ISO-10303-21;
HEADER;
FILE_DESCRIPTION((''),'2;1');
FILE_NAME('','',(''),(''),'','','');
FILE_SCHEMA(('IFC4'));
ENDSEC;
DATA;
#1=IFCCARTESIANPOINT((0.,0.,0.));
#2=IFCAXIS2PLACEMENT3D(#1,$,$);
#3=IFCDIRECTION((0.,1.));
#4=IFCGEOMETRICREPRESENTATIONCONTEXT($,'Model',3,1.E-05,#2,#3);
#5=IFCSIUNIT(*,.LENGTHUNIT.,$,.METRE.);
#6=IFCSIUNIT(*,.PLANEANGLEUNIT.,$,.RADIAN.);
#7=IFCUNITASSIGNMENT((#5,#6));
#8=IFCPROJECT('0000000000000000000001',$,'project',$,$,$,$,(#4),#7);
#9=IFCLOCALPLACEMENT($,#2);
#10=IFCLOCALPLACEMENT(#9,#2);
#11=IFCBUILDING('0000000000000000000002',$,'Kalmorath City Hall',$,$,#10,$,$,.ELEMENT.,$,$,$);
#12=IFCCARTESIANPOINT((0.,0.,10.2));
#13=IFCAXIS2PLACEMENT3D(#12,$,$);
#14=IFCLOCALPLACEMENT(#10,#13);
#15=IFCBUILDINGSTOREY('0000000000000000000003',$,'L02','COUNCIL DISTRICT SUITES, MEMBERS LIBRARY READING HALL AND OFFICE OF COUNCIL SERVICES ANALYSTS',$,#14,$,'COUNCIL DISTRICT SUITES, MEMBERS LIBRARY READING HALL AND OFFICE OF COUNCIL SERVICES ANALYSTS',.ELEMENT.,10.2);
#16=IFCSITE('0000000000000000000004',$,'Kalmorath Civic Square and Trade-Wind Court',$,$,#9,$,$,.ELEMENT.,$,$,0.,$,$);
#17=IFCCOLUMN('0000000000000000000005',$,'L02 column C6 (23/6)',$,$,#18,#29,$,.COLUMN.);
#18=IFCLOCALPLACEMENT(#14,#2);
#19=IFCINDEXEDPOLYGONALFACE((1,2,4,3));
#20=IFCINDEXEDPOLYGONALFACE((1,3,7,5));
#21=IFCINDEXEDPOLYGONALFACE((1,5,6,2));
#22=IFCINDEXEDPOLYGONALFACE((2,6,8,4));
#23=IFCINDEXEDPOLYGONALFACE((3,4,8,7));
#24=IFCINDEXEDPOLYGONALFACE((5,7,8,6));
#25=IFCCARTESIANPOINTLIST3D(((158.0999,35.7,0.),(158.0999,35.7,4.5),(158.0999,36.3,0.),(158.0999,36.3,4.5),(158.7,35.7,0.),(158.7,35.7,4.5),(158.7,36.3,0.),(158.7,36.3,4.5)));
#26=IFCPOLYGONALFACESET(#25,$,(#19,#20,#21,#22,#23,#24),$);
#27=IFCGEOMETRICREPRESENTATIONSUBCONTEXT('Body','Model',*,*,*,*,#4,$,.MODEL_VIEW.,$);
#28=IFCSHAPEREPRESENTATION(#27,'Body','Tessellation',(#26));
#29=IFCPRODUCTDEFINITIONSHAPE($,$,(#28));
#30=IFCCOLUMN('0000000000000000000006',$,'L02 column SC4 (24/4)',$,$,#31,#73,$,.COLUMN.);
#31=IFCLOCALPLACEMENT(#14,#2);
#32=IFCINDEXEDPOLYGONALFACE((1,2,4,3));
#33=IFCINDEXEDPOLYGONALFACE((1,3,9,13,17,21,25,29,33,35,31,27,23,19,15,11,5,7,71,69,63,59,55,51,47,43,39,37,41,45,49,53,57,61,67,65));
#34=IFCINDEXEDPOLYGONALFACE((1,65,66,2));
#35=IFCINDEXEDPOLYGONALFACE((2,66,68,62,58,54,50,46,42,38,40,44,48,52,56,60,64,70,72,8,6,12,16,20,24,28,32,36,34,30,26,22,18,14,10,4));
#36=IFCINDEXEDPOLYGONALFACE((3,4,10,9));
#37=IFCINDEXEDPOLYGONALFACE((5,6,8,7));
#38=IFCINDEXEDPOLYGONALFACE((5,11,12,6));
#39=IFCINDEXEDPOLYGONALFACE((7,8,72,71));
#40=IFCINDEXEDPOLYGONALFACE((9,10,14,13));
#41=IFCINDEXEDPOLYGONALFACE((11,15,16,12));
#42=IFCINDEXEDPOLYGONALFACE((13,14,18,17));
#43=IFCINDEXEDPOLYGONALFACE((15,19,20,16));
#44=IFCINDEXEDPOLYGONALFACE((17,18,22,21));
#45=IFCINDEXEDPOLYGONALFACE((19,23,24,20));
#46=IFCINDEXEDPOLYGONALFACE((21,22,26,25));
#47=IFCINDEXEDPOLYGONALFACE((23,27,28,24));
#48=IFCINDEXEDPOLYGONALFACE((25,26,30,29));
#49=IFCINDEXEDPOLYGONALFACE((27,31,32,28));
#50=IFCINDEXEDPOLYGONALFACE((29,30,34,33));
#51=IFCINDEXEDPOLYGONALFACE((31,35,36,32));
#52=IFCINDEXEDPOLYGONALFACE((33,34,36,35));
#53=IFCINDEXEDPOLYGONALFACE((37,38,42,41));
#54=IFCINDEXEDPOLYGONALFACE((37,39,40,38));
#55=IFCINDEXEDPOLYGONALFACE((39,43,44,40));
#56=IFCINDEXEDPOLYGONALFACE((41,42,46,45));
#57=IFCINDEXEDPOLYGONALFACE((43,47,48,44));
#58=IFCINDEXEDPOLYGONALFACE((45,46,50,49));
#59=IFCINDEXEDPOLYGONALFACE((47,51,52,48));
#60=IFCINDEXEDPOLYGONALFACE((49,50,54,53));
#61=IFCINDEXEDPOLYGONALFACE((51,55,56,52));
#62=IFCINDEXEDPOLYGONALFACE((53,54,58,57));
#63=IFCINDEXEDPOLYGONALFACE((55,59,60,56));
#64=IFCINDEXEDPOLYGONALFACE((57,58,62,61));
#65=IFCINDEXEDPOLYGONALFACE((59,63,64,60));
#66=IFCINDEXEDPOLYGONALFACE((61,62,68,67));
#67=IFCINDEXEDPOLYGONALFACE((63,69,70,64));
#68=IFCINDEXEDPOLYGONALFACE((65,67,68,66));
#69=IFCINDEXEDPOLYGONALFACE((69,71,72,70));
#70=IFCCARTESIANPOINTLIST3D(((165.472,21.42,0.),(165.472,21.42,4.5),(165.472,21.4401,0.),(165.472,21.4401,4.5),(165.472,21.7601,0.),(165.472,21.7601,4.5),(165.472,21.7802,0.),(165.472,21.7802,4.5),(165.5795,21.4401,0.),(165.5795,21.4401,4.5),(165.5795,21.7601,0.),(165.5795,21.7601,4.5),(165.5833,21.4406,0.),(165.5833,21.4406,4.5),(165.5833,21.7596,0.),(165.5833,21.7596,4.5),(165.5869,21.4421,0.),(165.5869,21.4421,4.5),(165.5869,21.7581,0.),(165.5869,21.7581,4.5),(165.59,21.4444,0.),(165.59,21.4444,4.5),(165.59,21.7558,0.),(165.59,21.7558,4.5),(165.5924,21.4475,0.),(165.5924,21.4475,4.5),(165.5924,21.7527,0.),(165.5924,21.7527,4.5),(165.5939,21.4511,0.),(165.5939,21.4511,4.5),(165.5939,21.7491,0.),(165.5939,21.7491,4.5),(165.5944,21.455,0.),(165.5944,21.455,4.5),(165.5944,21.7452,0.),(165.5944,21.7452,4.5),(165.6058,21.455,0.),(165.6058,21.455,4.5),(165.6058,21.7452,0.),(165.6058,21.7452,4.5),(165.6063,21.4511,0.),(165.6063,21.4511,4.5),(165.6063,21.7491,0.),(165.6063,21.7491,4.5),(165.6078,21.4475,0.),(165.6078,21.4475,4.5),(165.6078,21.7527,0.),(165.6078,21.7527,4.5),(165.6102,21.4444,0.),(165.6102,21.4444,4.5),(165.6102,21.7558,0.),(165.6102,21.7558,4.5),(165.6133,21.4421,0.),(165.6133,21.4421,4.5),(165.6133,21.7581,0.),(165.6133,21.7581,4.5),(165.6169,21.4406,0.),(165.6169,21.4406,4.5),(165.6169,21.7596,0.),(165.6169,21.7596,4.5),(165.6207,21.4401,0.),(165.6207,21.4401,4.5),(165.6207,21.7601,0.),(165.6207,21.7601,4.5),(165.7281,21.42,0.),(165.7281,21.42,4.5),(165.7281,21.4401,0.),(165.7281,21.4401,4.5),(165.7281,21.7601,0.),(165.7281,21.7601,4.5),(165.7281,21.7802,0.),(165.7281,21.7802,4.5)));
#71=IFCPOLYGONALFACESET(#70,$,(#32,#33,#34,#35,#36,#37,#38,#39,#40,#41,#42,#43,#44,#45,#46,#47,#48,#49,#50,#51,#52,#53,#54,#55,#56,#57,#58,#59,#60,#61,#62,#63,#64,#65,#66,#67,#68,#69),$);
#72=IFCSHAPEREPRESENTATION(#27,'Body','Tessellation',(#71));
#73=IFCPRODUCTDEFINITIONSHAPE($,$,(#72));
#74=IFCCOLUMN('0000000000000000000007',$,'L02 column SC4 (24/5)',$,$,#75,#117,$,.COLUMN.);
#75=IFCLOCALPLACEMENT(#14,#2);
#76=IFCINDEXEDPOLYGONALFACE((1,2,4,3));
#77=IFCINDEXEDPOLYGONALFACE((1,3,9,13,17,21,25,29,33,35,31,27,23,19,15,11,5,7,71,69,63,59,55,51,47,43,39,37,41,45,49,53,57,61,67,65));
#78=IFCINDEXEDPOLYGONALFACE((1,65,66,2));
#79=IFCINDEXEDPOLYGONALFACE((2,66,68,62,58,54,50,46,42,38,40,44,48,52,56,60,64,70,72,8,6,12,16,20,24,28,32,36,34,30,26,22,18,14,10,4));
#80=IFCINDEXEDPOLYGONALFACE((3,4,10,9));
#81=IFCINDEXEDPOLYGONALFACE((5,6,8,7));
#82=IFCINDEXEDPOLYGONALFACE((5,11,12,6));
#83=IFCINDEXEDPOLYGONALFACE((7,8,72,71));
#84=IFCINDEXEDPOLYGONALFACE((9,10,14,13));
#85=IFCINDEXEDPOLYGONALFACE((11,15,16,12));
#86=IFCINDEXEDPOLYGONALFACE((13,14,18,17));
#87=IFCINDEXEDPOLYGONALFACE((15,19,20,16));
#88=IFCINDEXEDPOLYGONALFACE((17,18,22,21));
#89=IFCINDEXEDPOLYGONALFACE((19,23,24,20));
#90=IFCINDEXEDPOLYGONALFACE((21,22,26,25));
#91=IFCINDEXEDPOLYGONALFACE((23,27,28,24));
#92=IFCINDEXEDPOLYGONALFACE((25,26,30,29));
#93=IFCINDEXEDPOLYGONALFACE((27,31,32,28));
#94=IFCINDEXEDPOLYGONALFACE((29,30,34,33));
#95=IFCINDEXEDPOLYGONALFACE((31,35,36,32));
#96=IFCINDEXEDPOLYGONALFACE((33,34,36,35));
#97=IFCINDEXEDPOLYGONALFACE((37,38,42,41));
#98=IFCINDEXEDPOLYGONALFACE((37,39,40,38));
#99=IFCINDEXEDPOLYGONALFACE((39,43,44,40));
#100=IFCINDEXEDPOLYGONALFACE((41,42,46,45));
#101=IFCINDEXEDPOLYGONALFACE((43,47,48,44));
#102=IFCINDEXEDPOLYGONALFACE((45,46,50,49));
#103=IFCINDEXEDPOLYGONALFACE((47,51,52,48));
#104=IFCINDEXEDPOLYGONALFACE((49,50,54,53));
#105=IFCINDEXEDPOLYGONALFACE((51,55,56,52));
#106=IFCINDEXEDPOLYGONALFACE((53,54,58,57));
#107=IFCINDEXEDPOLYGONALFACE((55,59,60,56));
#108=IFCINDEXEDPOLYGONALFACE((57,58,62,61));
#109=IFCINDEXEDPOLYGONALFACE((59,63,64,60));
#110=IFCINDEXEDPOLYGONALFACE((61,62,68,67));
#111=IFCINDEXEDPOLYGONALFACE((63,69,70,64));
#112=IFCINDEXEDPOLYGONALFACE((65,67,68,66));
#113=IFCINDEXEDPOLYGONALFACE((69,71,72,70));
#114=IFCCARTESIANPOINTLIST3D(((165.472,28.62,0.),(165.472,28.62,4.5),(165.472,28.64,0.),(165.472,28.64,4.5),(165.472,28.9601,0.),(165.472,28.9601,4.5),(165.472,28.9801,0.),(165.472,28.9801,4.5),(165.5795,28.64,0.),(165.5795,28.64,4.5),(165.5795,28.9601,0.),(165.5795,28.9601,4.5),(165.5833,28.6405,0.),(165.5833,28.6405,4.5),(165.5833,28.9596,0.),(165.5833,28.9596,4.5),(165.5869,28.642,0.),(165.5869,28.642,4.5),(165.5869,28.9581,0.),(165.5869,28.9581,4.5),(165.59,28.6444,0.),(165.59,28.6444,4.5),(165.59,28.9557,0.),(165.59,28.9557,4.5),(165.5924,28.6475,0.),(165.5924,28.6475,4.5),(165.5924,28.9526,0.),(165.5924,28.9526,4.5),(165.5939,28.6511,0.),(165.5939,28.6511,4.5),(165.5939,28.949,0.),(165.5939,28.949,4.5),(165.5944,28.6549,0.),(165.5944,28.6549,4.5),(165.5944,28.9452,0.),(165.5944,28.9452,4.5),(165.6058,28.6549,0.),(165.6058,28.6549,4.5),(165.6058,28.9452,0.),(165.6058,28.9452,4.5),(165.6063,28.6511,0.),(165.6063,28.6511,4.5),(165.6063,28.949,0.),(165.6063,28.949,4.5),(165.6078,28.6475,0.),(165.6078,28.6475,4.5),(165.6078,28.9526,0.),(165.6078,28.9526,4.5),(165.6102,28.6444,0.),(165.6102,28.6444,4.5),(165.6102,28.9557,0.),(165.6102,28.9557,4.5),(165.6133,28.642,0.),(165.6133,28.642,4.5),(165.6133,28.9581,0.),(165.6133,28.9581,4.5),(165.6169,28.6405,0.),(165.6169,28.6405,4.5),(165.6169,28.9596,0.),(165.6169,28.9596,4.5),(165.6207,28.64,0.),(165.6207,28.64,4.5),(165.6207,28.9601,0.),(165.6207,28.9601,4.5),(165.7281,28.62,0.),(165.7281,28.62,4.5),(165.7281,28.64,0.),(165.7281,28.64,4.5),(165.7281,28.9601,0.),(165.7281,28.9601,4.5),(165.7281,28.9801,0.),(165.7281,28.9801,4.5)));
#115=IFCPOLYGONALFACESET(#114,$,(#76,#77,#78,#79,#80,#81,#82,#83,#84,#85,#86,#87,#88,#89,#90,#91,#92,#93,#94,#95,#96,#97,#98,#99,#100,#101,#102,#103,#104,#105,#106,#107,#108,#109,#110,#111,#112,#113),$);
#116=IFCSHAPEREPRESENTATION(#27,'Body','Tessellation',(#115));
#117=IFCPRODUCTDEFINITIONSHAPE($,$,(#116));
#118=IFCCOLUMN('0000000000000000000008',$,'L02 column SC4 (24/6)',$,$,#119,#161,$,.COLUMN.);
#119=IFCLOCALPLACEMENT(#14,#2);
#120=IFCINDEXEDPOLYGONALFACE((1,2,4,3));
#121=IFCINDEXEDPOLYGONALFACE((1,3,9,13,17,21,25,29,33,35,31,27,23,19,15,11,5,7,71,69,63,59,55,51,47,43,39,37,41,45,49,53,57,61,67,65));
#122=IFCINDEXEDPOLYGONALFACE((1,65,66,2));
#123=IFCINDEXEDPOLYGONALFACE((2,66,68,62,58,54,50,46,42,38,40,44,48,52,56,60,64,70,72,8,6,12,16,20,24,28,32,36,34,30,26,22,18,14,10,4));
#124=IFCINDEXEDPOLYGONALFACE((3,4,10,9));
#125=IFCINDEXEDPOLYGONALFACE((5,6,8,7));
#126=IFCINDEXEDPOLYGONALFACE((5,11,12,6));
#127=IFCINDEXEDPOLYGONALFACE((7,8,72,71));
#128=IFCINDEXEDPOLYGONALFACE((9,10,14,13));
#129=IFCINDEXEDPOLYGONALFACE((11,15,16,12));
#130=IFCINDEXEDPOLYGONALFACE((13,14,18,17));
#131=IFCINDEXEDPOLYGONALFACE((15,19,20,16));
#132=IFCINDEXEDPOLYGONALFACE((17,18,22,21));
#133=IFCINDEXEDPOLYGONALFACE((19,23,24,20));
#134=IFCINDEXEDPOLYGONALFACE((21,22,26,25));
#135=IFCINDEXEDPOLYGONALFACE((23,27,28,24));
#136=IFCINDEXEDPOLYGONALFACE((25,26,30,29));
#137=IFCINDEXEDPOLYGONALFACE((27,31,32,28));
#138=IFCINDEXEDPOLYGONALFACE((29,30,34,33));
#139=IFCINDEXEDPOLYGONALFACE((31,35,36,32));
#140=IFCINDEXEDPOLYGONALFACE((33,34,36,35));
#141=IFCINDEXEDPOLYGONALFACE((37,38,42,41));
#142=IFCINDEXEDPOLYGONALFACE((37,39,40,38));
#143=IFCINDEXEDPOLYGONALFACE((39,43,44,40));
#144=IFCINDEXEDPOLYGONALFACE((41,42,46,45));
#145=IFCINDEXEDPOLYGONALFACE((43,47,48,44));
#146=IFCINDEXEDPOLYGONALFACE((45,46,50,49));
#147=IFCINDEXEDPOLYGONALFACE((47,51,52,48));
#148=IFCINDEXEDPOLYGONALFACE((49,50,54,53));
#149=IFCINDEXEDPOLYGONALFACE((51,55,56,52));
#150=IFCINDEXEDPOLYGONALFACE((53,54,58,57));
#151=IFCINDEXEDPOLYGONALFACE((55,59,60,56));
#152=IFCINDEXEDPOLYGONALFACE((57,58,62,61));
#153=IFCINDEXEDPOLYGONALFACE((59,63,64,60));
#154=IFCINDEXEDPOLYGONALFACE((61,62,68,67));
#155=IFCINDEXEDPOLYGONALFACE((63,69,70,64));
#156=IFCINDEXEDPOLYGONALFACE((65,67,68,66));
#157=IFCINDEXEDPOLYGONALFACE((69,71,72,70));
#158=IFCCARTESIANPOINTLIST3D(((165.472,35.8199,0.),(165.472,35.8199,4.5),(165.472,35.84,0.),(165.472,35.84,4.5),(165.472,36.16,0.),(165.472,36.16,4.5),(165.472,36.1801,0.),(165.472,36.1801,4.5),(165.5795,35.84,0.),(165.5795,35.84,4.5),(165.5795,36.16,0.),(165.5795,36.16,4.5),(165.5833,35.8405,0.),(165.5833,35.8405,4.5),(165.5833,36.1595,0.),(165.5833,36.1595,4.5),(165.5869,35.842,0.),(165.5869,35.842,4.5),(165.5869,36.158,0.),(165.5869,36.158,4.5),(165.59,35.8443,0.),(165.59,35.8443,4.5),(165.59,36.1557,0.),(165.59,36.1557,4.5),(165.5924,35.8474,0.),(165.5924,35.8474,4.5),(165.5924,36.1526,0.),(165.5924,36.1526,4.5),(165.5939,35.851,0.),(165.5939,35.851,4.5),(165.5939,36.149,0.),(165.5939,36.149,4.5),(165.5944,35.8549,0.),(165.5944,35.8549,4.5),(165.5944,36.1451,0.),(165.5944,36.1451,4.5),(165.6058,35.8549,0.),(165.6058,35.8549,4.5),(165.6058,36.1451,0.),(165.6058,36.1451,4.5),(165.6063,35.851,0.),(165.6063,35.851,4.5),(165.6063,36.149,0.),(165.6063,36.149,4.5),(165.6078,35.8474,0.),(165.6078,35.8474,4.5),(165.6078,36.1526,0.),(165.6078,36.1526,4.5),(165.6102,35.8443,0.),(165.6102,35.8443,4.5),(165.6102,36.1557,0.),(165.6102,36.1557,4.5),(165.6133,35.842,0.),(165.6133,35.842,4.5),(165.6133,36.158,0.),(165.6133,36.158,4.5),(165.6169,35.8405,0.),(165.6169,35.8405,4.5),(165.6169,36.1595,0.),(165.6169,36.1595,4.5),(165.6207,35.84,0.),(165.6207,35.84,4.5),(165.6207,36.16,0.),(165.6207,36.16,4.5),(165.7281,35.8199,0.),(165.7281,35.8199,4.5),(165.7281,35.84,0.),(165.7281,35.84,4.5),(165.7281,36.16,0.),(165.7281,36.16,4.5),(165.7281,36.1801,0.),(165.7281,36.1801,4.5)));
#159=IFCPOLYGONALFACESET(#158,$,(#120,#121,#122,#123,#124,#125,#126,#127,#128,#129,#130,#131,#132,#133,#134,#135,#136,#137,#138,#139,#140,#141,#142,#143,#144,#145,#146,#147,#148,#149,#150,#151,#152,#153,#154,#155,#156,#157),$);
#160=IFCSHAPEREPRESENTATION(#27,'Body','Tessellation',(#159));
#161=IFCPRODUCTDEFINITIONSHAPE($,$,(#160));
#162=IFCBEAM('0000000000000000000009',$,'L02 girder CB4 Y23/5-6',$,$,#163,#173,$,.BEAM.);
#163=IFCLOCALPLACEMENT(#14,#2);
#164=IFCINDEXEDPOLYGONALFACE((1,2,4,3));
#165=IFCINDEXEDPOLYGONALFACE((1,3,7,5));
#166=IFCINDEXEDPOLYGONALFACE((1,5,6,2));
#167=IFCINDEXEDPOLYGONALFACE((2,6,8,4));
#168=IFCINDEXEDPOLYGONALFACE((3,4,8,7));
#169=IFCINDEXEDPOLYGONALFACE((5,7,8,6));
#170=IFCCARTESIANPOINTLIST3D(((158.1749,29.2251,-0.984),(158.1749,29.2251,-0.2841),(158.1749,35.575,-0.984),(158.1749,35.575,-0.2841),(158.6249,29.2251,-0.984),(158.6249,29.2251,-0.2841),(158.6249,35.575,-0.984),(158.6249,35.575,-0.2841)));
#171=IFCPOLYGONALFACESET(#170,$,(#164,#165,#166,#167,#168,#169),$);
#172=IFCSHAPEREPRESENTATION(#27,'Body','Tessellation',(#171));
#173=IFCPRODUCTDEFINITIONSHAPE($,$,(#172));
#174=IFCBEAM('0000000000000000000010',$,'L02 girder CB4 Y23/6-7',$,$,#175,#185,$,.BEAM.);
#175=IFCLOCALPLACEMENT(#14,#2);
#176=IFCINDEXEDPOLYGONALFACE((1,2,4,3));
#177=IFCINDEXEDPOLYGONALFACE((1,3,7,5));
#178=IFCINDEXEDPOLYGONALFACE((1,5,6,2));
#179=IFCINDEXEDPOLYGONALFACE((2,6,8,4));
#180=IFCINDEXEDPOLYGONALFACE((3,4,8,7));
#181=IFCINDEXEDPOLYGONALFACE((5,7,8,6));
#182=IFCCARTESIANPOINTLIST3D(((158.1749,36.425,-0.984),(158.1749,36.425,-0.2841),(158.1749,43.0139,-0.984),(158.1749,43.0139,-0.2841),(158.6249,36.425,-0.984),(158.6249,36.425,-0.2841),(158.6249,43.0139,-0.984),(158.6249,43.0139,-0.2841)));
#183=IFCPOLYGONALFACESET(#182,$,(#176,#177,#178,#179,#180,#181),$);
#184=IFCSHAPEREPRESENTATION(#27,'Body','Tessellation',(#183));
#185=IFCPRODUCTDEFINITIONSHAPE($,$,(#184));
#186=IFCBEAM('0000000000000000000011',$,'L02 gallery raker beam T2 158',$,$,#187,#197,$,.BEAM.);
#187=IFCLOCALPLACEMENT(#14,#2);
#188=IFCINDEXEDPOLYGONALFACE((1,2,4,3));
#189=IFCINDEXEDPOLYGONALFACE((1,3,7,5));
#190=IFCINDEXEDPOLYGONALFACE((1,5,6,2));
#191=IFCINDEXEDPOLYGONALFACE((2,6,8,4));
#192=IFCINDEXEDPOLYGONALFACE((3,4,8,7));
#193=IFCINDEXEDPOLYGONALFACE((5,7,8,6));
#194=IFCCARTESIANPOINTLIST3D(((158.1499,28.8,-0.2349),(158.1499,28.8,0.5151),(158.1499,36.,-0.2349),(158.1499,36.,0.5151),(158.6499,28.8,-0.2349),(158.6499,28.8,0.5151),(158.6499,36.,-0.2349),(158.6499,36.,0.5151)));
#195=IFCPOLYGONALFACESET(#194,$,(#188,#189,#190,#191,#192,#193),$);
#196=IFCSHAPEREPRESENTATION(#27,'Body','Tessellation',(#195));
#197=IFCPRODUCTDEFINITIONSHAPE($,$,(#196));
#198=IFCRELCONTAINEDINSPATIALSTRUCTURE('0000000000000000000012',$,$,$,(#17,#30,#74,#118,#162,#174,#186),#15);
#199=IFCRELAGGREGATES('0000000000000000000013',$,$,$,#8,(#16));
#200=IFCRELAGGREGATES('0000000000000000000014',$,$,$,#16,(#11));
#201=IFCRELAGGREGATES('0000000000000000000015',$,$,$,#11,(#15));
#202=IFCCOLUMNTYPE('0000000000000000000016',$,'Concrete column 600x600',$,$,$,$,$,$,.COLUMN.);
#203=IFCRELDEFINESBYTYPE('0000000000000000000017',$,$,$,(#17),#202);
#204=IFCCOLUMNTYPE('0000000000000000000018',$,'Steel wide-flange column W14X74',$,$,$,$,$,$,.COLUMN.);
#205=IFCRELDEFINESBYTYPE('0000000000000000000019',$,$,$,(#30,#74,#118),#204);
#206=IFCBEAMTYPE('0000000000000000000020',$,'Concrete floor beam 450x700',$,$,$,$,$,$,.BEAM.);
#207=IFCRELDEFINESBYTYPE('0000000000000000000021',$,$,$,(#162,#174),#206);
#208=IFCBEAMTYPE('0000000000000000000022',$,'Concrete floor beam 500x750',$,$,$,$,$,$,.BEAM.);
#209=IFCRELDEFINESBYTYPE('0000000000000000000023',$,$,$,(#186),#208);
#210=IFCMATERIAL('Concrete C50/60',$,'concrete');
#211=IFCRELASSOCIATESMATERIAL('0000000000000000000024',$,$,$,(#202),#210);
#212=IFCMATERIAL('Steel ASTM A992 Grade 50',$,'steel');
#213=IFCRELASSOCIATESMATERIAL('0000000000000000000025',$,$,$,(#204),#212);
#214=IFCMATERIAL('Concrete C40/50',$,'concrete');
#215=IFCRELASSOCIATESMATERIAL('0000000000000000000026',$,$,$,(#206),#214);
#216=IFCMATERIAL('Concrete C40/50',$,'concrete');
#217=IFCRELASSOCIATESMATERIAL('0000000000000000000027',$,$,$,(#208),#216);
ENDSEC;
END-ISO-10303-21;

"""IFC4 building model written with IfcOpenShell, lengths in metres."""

from ifc_helpers import new_model, si_unit, direction, frame, origin, origin_2d, place, context, subcontext, project, spatial, rectangle, i_section, extrude, material, material_profile, profile_set, type_object, element, save


model = new_model("IFC4")

# Units and contexts
model_context = context("Model", 3, precision=1e-05, world=origin(), true_north=direction((0.0, 1.0)))
body_context = subcontext(model_context, "Body", "Model", "MODEL_VIEW")
ifc_project = project(units=[si_unit("LENGTHUNIT", "METRE"), si_unit("PLANEANGLEUNIT", "RADIAN")], contexts=[model_context])

# Site, building, storey
site_placement = place(None, origin())
site = spatial("IfcSite", under=ifc_project, at=site_placement, Name="Kalmorath Civic Square and Trade-Wind Court", CompositionType="ELEMENT", RefElevation=0.0)
building_placement = place(site_placement, origin())
building = spatial("IfcBuilding", under=site, at=building_placement, Name="Kalmorath City Hall", CompositionType="ELEMENT")
storey_placement = place(building_placement, frame((0.0, 0.0, 10.2)))
storey = spatial("IfcBuildingStorey", under=building, at=storey_placement, Name="L02", Description="COUNCIL DISTRICT SUITES, MEMBERS LIBRARY READING HALL AND OFFICE OF COUNCIL SERVICES ANALYSTS", LongName="COUNCIL DISTRICT SUITES, MEMBERS LIBRARY READING HALL AND OFFICE OF COUNCIL SERVICES ANALYSTS", CompositionType="ELEMENT", Elevation=10.2)

# Columns
ifc_material_1 = material(Name="Concrete C50/60", Category="concrete")
ifc_material_profile_1 = material_profile(ifc_material_1, rectangle(XDim=0.6001, YDim=0.6001, at=origin_2d()), Name="RC-COL-600X600")
ifc_profile_set_1 = profile_set([ifc_material_profile_1], Name="Concrete C50/60")
column_type_1 = type_object("IfcColumnType", Name="Concrete column 600x600", PredefinedType="COLUMN", material=ifc_profile_set_1)
column_placement = place(storey_placement, frame((158.3999, 36.0, 0.0), z_axis=(0.0, 0.0, 1.0), x_axis=(1.0, 0.0, 0.0)))
element("IfcColumn", 1, at=column_placement, inside=storey, type_object=column_type_1, Name="L02 column C6 (23/6)", PredefinedType="COLUMN", context=body_context, shape_type="SweptSolid", body=[
    extrude(rectangle(XDim=0.6001, YDim=0.6001, at=origin_2d()), origin(), (0.0, 0.0, 1.0), 4.5),
])
ifc_material_2 = material(Name="Steel ASTM A992 Grade 50", Category="steel")
ifc_material_profile_2 = material_profile(ifc_material_2, i_section(OverallWidth=0.2561, OverallDepth=0.3601, WebThickness=0.0115, FlangeThickness=0.02, FilletRadius=0.0149, at=origin_2d()), Name="W14X74")
ifc_profile_set_2 = profile_set([ifc_material_profile_2], Name="Steel ASTM A992 Grade 50")
column_type_2 = type_object("IfcColumnType", Name="Steel wide-flange column W14X74", PredefinedType="COLUMN", material=ifc_profile_set_2)
for number, where, z_axis, x_axis, name in (
    (2, (165.6001, 21.6001, 0.0), (0.0, 0.0, 1.0), (1.0, 0.0, 0.0), "L02 column SC4 (24/4)"),
    (3, (165.6001, 28.8, 0.0), (0.0, 0.0, 1.0), (1.0, 0.0, 0.0), "L02 column SC4 (24/5)"),
    (4, (165.6001, 36.0, 0.0), (0.0, 0.0, 1.0), (1.0, 0.0, 0.0), "L02 column SC4 (24/6)"),
):
    element("IfcColumn", number, at=place(storey_placement, frame(where, z_axis=z_axis, x_axis=x_axis)), inside=storey, type_object=column_type_2, Name=name, PredefinedType="COLUMN", context=body_context, shape_type="SweptSolid", body=[
        extrude(i_section(OverallWidth=0.2561, OverallDepth=0.3601, WebThickness=0.0115, FlangeThickness=0.02, FilletRadius=0.0149, at=origin_2d()), origin(), (0.0, 0.0, 1.0), 4.5),
    ])

# Beams
ifc_material_3 = material(Name="Concrete C40/50", Category="concrete")
ifc_material_profile_3 = material_profile(ifc_material_3, rectangle(XDim=0.45, YDim=0.7, at=origin_2d()), Name="RC-BM-450X700")
ifc_profile_set_3 = profile_set([ifc_material_profile_3], Name="Concrete C40/50")
beam_type_1 = type_object("IfcBeamType", Name="Concrete floor beam 450x700", PredefinedType="BEAM", material=ifc_profile_set_3)
beam_1_placement = place(storey_placement, frame((158.3999, 29.2251, -0.634), z_axis=(0.0, 1.0, 0.0), x_axis=(-1.0, 0.0, 0.0)))
element("IfcBeam", 5, at=beam_1_placement, inside=storey, type_object=beam_type_1, Name="L02 girder CB4 Y23/5-6", PredefinedType="BEAM", context=body_context, shape_type="SweptSolid", body=[
    extrude(rectangle(XDim=0.45, YDim=0.7, at=origin_2d()), origin(), (0.0, 0.0, 1.0), 6.3499),
])
beam_2_placement = place(storey_placement, frame((158.3999, 36.425, -0.634), z_axis=(0.0, 1.0, 0.0), x_axis=(-1.0, 0.0, 0.0)))
element("IfcBeam", 6, at=beam_2_placement, inside=storey, type_object=beam_type_1, Name="L02 girder CB4 Y23/6-7", PredefinedType="BEAM", context=body_context, shape_type="SweptSolid", body=[
    extrude(rectangle(XDim=0.45, YDim=0.7, at=origin_2d()), origin(), (0.0, 0.0, 1.0), 6.5889),
])
ifc_material_4 = material(Name="Concrete C40/50", Category="concrete")
ifc_material_profile_4 = material_profile(ifc_material_4, rectangle(XDim=0.5, YDim=0.75, at=origin_2d()), Name="RC-BM-500X750")
ifc_profile_set_4 = profile_set([ifc_material_profile_4], Name="Concrete C40/50")
beam_type_2 = type_object("IfcBeamType", Name="Concrete floor beam 500x750", PredefinedType="BEAM", material=ifc_profile_set_4)
for number, where, z_axis, x_axis, name in (
    (7, (158.3999, 28.8, 0.1401), (0.0, 1.0, 0.0), (-1.0, 0.0, 0.0), "L02 gallery raker beam T2 158"),
):
    element("IfcBeam", number, at=place(storey_placement, frame(where, z_axis=z_axis, x_axis=x_axis)), inside=storey, type_object=beam_type_2, Name=name, PredefinedType="BEAM", context=body_context, shape_type="SweptSolid", body=[
        extrude(rectangle(XDim=0.5, YDim=0.75, at=origin_2d()), origin(), (0.0, 0.0, 1.0), 7.2),
    ])

save(model, "model.ifc")
